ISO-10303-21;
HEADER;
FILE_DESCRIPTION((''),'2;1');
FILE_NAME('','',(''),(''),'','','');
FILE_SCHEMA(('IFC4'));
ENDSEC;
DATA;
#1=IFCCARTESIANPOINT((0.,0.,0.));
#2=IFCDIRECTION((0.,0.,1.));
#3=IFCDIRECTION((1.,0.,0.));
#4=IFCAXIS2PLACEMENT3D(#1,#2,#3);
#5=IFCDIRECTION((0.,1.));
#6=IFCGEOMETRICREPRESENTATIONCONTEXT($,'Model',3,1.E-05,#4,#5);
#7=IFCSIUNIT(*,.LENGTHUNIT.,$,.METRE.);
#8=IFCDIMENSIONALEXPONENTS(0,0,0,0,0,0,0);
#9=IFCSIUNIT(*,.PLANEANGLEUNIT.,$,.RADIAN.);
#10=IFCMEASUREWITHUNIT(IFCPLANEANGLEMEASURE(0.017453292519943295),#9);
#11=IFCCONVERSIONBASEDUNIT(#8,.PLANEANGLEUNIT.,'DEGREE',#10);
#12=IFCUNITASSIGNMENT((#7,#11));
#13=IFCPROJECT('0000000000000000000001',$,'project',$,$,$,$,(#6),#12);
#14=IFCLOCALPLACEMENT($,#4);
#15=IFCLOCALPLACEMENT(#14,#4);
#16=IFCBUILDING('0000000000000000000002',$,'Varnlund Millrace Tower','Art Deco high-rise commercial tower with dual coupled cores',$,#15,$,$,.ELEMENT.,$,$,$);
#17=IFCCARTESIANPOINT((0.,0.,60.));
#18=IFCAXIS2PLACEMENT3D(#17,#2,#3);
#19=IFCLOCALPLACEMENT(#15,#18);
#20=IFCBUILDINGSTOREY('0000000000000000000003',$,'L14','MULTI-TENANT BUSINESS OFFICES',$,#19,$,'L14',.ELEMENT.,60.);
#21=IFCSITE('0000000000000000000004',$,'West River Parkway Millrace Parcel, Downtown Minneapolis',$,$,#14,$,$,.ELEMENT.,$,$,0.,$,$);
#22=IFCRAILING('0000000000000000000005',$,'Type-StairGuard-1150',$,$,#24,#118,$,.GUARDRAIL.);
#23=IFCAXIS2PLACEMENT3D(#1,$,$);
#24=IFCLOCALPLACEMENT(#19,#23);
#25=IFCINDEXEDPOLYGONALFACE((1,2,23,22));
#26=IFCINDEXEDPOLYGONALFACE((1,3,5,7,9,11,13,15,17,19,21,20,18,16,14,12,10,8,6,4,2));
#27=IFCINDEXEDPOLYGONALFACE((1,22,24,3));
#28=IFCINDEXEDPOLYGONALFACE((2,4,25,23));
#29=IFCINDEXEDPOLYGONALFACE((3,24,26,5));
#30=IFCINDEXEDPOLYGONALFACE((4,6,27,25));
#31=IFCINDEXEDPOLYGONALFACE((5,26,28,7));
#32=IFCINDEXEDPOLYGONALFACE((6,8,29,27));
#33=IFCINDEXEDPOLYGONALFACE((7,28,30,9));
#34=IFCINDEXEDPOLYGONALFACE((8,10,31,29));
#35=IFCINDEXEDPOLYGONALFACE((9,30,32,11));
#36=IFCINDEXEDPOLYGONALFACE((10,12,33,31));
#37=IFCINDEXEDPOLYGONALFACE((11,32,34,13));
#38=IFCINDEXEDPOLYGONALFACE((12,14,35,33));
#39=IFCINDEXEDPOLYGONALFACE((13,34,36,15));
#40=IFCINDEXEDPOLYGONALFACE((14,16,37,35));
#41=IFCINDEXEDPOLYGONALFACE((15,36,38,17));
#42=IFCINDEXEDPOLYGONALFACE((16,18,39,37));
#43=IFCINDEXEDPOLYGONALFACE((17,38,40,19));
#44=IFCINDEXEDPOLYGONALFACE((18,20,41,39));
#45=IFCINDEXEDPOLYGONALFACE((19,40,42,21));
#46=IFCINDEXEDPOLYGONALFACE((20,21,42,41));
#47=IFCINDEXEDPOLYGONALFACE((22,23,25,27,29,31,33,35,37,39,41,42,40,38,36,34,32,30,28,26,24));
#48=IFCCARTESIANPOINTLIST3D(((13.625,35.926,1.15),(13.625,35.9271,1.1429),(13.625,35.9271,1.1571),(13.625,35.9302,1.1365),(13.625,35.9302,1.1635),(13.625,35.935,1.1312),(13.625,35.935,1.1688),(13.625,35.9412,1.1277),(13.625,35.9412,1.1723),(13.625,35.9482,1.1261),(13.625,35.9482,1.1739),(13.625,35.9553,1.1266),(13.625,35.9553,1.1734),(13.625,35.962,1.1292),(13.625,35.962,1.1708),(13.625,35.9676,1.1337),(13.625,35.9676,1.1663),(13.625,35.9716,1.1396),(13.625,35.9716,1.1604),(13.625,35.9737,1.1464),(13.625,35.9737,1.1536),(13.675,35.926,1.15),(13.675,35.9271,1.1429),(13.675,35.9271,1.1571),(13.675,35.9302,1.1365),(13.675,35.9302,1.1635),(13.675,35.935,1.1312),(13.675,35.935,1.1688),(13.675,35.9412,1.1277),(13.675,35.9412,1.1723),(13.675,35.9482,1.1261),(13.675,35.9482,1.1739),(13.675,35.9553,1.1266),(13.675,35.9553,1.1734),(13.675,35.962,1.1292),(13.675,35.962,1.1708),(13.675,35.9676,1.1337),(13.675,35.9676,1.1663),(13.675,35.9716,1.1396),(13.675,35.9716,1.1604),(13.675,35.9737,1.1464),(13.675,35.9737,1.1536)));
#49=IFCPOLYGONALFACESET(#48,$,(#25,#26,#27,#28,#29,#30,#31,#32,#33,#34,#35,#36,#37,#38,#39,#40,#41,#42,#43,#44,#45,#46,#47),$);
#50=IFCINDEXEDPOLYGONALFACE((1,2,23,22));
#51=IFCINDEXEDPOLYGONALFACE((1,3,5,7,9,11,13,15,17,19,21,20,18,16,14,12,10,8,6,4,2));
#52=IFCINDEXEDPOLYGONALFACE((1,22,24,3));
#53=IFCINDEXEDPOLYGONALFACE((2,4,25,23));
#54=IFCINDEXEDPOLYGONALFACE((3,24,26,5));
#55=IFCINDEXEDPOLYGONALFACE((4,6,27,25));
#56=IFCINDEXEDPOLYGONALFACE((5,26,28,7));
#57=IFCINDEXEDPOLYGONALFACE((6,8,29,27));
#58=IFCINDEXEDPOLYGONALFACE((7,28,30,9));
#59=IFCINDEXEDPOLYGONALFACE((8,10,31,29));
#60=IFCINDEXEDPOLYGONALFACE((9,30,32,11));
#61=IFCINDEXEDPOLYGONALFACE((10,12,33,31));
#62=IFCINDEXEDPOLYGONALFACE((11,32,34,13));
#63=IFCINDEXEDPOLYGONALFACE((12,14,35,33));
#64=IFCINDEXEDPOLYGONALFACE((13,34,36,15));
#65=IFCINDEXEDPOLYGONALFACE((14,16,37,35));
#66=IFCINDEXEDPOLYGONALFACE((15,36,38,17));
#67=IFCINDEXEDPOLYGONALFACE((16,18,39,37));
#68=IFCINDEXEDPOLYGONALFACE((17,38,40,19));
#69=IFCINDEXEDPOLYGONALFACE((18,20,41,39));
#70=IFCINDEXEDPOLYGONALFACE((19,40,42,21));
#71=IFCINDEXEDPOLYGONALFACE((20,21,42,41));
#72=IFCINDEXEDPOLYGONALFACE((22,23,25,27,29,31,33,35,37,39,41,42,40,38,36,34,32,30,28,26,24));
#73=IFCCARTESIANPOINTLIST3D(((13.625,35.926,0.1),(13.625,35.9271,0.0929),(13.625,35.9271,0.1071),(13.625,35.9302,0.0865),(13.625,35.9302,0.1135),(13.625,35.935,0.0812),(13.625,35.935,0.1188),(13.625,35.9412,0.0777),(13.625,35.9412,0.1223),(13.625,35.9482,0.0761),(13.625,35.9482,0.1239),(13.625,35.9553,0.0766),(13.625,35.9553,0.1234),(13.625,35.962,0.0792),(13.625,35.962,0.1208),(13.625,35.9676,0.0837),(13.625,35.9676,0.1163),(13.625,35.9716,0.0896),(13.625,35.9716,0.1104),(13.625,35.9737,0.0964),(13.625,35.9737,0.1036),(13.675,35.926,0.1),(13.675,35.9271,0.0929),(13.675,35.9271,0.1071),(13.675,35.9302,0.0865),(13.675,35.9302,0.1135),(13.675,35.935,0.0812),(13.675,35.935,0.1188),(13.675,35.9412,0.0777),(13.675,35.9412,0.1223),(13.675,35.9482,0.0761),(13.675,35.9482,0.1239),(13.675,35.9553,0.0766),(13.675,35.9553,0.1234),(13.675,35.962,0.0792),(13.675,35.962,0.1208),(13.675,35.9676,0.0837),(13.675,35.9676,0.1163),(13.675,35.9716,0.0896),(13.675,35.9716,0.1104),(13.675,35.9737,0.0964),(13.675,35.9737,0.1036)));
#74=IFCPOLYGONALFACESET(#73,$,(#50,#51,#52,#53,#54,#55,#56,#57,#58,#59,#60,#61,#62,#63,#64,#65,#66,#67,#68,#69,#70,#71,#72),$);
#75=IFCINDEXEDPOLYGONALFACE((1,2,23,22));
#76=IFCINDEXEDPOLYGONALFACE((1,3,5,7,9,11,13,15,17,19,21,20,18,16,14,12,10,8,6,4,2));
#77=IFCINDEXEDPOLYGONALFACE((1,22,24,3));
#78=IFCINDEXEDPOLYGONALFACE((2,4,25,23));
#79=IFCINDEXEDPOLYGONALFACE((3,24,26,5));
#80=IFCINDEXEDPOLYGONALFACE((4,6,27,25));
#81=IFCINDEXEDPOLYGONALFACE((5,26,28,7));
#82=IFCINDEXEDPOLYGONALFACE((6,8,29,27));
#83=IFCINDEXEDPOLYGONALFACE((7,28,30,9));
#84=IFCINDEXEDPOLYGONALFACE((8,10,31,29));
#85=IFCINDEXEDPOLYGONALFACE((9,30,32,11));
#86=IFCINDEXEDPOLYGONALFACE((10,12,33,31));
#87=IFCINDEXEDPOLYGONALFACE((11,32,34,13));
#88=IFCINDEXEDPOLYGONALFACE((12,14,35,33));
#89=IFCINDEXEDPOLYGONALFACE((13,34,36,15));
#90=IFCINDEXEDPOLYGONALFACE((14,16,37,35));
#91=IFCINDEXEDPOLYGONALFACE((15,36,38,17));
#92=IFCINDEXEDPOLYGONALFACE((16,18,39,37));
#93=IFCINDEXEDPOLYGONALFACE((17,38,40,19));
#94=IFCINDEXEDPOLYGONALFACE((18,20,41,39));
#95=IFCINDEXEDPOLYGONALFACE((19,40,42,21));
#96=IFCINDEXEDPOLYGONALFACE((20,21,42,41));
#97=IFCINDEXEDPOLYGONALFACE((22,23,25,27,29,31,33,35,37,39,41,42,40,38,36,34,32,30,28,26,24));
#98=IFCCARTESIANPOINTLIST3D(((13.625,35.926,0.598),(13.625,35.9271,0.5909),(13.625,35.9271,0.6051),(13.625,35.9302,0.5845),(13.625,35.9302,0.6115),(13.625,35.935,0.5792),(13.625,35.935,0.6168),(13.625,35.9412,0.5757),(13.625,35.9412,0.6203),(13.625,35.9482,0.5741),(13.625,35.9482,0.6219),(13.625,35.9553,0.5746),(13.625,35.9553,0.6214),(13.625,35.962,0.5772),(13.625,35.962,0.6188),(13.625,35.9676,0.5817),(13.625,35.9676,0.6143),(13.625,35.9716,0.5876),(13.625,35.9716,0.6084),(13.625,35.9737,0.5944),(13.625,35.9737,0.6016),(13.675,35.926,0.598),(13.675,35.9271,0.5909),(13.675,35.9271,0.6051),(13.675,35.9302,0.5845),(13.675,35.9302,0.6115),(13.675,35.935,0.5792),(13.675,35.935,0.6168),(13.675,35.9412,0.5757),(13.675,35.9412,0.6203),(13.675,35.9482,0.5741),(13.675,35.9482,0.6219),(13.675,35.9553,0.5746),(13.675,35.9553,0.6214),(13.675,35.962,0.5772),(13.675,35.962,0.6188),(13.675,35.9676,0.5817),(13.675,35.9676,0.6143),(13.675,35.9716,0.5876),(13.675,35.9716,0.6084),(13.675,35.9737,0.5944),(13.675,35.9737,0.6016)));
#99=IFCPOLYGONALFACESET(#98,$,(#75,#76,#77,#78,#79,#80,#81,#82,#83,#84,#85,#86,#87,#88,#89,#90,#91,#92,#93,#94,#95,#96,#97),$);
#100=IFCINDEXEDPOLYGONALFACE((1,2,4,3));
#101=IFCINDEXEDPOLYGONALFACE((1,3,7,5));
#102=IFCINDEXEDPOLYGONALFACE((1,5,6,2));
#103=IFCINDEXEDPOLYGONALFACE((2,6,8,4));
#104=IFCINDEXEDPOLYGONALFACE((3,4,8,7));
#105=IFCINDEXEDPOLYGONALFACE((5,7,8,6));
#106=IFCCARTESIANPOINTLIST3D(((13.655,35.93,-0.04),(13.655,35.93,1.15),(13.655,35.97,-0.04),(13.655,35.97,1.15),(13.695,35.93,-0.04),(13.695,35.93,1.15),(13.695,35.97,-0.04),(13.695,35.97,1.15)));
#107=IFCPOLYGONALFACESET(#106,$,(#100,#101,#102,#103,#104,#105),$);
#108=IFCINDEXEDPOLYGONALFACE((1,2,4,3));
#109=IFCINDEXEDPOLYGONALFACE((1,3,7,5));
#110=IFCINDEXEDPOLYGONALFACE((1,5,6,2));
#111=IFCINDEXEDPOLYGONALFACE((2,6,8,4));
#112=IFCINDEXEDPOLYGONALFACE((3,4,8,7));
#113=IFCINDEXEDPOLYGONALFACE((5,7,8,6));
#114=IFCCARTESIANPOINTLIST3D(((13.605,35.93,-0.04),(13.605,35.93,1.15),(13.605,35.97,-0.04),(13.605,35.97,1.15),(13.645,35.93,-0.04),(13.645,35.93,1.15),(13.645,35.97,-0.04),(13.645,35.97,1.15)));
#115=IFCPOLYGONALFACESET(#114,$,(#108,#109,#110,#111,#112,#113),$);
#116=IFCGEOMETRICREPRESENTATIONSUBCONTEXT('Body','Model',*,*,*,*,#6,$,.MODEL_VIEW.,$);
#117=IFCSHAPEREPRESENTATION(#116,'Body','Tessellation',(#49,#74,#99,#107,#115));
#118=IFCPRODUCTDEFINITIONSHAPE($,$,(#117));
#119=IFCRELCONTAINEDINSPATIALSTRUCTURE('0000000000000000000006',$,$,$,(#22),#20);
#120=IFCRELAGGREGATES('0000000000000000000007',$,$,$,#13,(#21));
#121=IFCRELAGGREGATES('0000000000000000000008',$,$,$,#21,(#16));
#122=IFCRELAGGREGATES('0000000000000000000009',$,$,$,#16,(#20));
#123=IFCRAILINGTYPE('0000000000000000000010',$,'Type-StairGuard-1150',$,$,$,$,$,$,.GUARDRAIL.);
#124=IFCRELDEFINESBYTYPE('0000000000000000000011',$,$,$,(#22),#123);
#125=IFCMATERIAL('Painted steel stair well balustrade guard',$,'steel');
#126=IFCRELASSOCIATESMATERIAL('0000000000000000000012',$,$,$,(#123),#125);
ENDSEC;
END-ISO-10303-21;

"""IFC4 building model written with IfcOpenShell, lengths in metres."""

from ifc_helpers import new_model, entity, si_unit, converted_unit, direction, frame, origin_with_axes, origin_2d_with_axis, place, context, subcontext, project, spatial, rectangle, circle, extrude, material, type_object, element, save


model = new_model("IFC4")

# Units and contexts
model_context = context("Model", 3, precision=1e-05, world=origin_with_axes(), true_north=direction((0.0, 1.0)))
body_context = subcontext(model_context, "Body", "Model", "MODEL_VIEW")
ifc_project = project(units=[si_unit("LENGTHUNIT", "METRE"), converted_unit("PLANEANGLEUNIT", "DEGREE", entity("IfcPlaneAngleMeasure", 0.017453292519943295), si_unit("PLANEANGLEUNIT", "RADIAN"), dimensions=[0, 0, 0, 0, 0, 0, 0])], contexts=[model_context])

# Site, building, storey
site_placement = place(None, origin_with_axes())
site = spatial("IfcSite", under=ifc_project, at=site_placement, Name="West River Parkway Millrace Parcel, Downtown Minneapolis", CompositionType="ELEMENT", RefElevation=0.0)
building_placement = place(site_placement, origin_with_axes())
building = spatial("IfcBuilding", under=site, at=building_placement, Name="Varnlund Millrace Tower", Description="Art Deco high-rise commercial tower with dual coupled cores", CompositionType="ELEMENT")
storey_placement = place(building_placement, frame((0.0, 0.0, 60.0), z_axis=(0.0, 0.0, 1.0), x_axis=(1.0, 0.0, 0.0)))
storey = spatial("IfcBuildingStorey", under=building, at=storey_placement, Name="L14", Description="MULTI-TENANT BUSINESS OFFICES", LongName="L14", CompositionType="ELEMENT", Elevation=60.0)

# Railing
ifc_material_1 = material(Name="Painted steel stair well balustrade guard", Category="steel")
railing_type_1 = type_object("IfcRailingType", Name="Type-StairGuard-1150", PredefinedType="GUARDRAIL", material=ifc_material_1)
railing_1_placement = place(storey_placement, frame((0.0, 0.0, -60.0), z_axis=(0.0, 0.0, 1.0), x_axis=(1.0, 0.0, 0.0)))
element("IfcRailing", 1, at=railing_1_placement, inside=storey, type_object=railing_type_1, Name="Type-StairGuard-1150", PredefinedType="GUARDRAIL", context=body_context, shape_type="SweptSolid", body=[
    extrude(circle(Radius=0.024, at=origin_2d_with_axis()), frame((13.675, 35.95, 61.15), z_axis=(-1.0, 0.0, 0.0), x_axis=(0.0, -1.0, 0.0)), (0.0, 0.0, 1.0), 0.05),
    extrude(circle(Radius=0.024, at=origin_2d_with_axis()), frame((13.675, 35.95, 60.1), z_axis=(-1.0, 0.0, 0.0), x_axis=(0.0, -1.0, 0.0)), (0.0, 0.0, 1.0), 0.05),
    extrude(circle(Radius=0.024, at=origin_2d_with_axis()), frame((13.675, 35.95, 60.598), z_axis=(-1.0, 0.0, 0.0), x_axis=(0.0, -1.0, 0.0)), (0.0, 0.0, 1.0), 0.05),
    extrude(rectangle(XDim=0.04, YDim=0.04, at=origin_2d_with_axis()), frame((13.675, 35.95, 59.96), z_axis=(0.0, 0.0, 1.0), x_axis=(1.0, 0.0, 0.0)), (0.0, 0.0, 1.0), 1.19),
    extrude(rectangle(XDim=0.04, YDim=0.04, at=origin_2d_with_axis()), frame((13.625, 35.95, 59.96), z_axis=(0.0, 0.0, 1.0), x_axis=(1.0, 0.0, 0.0)), (0.0, 0.0, 1.0), 1.19),
])

save(model, "model.ifc")
